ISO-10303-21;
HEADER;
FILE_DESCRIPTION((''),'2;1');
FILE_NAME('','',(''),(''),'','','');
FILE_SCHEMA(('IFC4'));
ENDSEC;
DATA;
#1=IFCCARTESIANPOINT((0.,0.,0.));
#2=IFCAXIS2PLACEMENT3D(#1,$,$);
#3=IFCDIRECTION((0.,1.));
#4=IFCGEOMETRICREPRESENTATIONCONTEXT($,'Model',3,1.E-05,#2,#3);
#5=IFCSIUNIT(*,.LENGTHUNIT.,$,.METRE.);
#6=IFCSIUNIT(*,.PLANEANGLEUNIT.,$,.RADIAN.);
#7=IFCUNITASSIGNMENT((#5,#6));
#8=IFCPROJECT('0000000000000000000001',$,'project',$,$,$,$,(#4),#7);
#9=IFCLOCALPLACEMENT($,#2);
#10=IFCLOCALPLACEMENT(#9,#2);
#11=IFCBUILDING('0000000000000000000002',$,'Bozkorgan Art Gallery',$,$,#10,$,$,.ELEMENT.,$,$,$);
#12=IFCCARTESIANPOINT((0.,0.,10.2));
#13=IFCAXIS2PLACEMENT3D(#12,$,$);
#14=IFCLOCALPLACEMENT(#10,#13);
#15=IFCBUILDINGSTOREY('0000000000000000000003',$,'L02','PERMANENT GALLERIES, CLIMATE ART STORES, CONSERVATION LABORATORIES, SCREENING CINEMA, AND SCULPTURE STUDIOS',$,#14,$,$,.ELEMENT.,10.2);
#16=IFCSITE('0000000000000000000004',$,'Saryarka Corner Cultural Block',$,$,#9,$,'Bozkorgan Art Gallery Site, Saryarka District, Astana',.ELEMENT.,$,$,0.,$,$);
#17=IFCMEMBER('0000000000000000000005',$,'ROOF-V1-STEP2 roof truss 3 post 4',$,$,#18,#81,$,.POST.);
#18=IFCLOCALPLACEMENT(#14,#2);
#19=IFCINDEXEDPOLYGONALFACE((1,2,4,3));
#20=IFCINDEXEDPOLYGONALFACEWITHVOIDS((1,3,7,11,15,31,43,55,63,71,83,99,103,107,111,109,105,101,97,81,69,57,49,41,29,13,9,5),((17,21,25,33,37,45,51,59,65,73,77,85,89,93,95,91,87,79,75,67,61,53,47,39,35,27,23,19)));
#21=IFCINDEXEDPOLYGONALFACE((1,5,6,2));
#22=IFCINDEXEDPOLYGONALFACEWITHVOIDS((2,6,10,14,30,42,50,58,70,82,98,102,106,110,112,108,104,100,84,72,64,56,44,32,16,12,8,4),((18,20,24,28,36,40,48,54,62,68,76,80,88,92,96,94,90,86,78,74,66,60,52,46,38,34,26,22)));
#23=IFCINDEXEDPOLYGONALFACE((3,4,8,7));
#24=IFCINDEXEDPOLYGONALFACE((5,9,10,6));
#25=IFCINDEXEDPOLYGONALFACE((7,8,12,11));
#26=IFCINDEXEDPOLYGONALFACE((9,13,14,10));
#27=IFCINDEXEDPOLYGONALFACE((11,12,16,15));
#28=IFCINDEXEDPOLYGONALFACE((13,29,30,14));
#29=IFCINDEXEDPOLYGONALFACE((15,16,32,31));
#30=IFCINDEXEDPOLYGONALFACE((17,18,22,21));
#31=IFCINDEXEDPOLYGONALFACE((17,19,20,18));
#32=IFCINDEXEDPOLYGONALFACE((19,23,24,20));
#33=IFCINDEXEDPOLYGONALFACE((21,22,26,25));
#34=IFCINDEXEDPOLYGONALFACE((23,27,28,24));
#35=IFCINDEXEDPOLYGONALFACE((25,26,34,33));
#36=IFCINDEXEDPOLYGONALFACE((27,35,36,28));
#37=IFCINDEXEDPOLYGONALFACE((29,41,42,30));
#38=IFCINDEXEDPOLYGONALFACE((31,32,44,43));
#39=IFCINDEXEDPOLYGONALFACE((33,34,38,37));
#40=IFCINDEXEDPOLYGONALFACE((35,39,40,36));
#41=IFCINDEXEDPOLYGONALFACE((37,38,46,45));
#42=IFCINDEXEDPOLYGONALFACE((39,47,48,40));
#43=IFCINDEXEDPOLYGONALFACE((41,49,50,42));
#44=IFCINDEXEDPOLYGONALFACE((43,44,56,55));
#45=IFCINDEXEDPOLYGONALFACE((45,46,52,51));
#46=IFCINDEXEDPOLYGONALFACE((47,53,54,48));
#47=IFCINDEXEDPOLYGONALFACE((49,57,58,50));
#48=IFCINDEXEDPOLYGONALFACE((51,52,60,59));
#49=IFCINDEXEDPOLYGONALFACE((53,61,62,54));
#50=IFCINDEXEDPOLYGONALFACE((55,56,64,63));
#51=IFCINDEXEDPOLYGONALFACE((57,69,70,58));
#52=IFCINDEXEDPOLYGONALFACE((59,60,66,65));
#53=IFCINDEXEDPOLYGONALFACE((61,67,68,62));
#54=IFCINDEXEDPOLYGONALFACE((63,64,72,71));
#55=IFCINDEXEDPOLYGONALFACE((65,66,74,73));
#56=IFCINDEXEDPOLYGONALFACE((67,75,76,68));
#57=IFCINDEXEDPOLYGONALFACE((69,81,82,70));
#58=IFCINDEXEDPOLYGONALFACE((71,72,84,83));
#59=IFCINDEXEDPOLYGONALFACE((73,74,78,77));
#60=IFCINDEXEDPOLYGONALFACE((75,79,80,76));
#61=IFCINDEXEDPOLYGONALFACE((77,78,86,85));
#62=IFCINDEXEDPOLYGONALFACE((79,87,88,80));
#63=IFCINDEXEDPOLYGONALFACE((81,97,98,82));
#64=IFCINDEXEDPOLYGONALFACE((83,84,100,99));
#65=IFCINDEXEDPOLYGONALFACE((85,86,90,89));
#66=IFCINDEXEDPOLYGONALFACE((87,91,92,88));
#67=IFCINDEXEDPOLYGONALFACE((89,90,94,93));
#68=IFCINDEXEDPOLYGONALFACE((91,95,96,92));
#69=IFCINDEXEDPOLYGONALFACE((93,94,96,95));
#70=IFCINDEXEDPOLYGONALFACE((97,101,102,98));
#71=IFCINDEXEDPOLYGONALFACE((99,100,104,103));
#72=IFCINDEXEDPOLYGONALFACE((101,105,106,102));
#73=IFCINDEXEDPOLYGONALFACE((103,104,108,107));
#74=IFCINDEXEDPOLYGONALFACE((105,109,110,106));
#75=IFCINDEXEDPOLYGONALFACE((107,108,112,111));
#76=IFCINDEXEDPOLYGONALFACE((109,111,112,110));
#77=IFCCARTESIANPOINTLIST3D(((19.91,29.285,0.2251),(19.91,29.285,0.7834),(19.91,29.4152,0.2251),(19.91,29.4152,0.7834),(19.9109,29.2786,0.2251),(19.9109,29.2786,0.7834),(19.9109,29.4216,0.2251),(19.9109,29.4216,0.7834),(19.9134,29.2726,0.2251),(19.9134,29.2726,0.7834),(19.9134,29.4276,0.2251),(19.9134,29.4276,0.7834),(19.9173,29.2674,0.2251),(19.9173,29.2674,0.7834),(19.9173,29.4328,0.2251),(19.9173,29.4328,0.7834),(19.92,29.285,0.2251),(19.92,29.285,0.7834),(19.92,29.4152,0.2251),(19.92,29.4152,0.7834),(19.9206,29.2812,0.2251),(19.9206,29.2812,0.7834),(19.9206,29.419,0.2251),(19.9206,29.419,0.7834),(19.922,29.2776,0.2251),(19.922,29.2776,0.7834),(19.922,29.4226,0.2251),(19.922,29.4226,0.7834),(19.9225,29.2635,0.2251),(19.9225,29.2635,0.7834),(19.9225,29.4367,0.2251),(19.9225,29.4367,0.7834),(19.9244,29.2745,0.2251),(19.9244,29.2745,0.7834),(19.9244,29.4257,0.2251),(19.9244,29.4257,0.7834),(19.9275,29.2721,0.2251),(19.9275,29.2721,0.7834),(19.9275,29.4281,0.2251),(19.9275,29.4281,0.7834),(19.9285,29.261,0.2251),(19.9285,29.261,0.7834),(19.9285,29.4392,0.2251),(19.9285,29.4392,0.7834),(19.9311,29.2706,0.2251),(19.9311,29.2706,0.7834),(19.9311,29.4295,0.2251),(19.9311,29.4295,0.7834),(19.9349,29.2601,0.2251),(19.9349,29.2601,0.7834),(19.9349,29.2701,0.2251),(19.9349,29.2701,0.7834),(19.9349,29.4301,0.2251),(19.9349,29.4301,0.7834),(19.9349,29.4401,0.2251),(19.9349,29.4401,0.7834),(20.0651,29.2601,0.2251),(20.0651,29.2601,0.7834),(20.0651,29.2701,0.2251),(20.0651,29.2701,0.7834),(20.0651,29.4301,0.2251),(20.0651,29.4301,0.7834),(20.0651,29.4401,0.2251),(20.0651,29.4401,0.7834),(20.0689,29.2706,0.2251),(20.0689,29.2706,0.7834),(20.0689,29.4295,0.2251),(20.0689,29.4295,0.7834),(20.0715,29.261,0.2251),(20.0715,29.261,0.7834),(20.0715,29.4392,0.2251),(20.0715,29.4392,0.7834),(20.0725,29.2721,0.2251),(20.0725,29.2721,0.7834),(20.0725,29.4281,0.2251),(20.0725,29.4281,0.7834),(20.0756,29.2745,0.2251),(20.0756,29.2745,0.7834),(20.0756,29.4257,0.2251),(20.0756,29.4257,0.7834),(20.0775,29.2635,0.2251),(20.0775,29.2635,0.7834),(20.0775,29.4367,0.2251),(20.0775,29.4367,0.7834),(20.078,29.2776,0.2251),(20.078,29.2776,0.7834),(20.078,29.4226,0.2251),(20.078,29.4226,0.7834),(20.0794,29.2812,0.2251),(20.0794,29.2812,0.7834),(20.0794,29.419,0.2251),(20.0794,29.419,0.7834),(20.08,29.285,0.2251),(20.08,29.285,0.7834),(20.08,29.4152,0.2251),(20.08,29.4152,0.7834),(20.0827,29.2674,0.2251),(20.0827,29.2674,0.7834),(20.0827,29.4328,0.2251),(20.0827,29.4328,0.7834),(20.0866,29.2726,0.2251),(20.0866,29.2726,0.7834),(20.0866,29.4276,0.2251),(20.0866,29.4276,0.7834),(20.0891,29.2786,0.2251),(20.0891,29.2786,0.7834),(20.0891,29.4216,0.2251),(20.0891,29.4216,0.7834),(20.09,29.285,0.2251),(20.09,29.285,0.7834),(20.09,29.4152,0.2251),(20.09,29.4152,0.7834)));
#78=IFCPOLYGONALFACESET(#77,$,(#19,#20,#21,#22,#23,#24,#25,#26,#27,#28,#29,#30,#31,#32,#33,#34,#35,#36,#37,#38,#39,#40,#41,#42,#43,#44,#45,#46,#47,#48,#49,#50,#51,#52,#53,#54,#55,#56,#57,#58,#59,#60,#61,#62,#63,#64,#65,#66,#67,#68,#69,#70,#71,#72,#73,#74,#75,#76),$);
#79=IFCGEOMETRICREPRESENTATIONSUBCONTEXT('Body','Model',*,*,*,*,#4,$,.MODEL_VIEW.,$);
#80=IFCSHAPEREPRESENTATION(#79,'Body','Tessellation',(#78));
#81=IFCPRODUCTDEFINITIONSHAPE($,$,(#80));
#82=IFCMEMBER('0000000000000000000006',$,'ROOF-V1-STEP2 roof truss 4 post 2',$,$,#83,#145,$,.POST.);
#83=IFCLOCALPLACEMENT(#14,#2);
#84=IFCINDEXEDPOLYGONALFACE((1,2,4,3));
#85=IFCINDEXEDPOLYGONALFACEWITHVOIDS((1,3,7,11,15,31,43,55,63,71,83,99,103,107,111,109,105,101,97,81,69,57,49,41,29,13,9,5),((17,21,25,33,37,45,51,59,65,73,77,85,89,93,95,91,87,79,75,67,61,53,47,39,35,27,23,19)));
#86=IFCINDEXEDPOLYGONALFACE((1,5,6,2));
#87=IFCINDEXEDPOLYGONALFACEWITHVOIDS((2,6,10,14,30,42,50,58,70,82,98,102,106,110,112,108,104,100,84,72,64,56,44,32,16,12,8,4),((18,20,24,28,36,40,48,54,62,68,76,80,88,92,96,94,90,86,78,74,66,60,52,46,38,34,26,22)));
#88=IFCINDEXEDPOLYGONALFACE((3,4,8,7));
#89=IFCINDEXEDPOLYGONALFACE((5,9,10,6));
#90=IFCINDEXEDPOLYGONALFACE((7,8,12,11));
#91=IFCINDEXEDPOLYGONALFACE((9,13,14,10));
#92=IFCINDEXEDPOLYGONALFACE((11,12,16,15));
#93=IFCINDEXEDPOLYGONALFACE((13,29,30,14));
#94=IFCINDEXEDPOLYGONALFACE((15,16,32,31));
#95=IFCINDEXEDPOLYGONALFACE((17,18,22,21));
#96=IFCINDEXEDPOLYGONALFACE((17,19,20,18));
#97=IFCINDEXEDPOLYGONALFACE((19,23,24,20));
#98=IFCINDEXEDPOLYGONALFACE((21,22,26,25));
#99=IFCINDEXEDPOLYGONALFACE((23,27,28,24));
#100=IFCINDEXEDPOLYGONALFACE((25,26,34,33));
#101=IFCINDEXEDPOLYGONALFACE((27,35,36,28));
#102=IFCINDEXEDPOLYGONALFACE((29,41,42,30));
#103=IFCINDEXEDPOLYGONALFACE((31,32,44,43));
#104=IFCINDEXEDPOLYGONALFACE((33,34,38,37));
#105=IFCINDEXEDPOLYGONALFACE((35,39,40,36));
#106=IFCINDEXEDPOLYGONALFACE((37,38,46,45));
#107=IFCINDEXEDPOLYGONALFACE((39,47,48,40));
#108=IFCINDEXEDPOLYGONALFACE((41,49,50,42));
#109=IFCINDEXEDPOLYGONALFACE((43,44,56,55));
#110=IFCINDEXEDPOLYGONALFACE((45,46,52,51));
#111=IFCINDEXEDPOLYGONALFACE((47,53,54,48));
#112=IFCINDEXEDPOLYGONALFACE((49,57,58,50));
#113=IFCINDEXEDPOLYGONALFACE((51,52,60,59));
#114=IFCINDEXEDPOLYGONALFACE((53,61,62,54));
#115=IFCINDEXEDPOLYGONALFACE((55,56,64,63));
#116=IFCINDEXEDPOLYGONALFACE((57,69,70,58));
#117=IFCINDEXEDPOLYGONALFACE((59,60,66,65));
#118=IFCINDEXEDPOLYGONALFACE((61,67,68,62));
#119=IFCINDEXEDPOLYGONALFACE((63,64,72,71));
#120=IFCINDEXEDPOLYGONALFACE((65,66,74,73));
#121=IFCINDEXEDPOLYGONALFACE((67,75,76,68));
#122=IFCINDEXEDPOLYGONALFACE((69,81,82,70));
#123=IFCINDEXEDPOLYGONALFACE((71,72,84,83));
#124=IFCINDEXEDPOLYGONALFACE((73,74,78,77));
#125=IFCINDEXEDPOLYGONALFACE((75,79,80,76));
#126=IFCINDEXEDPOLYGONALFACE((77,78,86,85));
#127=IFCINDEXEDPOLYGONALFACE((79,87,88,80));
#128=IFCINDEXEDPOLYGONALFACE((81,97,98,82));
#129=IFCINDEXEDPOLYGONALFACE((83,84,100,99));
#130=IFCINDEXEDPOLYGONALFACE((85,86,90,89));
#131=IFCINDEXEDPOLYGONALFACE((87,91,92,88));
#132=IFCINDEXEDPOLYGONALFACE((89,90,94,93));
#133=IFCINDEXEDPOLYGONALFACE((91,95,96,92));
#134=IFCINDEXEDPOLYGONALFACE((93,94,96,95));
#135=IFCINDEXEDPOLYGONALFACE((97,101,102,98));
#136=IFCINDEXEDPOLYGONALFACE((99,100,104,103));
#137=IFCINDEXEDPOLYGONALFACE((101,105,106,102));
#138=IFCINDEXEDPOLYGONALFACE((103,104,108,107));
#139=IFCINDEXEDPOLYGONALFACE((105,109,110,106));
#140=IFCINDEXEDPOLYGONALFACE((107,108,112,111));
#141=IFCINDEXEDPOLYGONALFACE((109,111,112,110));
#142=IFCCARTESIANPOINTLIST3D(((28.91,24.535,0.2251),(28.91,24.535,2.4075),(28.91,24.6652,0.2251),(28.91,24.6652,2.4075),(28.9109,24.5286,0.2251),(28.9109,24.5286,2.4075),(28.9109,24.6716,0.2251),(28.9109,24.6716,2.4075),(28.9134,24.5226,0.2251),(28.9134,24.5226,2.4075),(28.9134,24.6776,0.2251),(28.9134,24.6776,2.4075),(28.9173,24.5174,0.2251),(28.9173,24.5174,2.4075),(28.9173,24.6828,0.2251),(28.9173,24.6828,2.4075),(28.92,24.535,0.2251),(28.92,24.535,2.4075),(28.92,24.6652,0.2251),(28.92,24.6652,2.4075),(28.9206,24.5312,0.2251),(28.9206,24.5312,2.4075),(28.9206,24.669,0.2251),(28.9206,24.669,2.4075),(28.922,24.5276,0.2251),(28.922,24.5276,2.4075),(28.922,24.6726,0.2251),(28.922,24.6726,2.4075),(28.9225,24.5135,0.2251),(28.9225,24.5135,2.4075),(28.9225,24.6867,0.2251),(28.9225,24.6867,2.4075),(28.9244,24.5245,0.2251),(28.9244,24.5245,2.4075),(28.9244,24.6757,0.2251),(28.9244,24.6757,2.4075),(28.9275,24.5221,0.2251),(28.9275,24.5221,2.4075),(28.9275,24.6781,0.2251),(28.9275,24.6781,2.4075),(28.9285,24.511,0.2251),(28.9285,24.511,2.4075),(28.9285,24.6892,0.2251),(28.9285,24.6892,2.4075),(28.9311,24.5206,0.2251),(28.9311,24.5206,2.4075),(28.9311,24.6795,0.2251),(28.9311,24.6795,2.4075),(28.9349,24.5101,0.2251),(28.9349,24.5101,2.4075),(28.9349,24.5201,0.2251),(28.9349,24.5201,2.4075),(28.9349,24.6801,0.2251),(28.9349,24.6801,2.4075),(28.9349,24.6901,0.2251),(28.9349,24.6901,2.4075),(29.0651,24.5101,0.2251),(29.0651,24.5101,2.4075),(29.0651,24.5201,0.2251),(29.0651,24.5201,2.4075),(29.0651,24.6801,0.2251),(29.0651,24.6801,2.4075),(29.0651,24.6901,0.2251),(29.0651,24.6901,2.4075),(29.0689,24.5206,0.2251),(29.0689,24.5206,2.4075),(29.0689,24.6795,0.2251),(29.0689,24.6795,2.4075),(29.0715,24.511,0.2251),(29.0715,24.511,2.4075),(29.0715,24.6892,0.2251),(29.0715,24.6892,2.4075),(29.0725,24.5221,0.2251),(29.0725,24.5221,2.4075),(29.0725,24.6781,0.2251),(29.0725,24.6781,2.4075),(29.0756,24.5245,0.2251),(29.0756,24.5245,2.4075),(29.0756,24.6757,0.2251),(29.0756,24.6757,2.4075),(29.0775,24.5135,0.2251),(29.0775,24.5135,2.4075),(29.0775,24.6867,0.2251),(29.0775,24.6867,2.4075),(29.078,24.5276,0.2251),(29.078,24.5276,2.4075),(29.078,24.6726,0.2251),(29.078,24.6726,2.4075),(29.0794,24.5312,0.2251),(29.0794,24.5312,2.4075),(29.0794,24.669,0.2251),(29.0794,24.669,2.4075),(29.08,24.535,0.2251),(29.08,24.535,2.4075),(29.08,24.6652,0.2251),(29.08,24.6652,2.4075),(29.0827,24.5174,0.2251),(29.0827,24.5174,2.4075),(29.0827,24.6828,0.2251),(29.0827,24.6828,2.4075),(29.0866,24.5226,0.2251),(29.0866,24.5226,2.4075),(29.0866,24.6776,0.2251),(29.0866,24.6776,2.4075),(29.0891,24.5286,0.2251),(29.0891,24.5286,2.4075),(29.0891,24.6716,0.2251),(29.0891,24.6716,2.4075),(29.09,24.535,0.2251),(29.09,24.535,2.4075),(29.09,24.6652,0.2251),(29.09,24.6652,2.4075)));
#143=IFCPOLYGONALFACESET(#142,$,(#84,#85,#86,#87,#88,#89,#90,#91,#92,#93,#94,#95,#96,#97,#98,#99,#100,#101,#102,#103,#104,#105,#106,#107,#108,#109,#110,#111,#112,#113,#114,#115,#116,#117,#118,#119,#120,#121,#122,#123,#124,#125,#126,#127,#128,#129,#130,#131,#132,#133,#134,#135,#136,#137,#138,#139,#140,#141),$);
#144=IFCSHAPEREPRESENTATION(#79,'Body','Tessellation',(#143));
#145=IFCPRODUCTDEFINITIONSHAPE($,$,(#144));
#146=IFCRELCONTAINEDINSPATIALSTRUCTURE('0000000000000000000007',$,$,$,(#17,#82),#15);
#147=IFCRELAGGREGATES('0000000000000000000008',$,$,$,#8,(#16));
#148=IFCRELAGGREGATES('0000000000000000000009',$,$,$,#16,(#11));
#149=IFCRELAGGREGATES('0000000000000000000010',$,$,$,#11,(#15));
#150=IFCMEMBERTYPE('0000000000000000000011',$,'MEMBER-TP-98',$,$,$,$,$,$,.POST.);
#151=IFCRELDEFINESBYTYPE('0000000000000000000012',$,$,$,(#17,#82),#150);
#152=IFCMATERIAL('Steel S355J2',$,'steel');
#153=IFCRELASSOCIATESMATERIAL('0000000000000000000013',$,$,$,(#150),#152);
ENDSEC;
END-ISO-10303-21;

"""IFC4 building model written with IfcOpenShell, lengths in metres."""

from ifc_helpers import new_model, si_unit, direction, frame, origin, origin_2d, place, context, subcontext, project, spatial, hollow_rectangle, extrude, material, material_profile, profile_set, type_object, element, save


model = new_model("IFC4")

# Units and contexts
model_context = context("Model", 3, precision=1e-05, world=origin(), true_north=direction((0.0, 1.0)))
body_context = subcontext(model_context, "Body", "Model", "MODEL_VIEW")
ifc_project = project(units=[si_unit("LENGTHUNIT", "METRE"), si_unit("PLANEANGLEUNIT", "RADIAN")], contexts=[model_context])

# Site, building, storey
site_placement = place(None, origin())
site = spatial("IfcSite", under=ifc_project, at=site_placement, Name="Saryarka Corner Cultural Block", LongName="Bozkorgan Art Gallery Site, Saryarka District, Astana", CompositionType="ELEMENT", RefElevation=0.0)
building_placement = place(site_placement, origin())
building = spatial("IfcBuilding", under=site, at=building_placement, Name="Bozkorgan Art Gallery", CompositionType="ELEMENT")
storey_placement = place(building_placement, frame((0.0, 0.0, 10.2)))
storey = spatial("IfcBuildingStorey", under=building, at=storey_placement, Name="L02", Description="PERMANENT GALLERIES, CLIMATE ART STORES, CONSERVATION LABORATORIES, SCREENING CINEMA, AND SCULPTURE STUDIOS", CompositionType="ELEMENT", Elevation=10.2)

# Shared definitions
ifc_material = material(Name="Steel S355J2", Category="steel")

# Members
ifc_material_profile_1 = material_profile(ifc_material, hollow_rectangle(XDim=0.1799, YDim=0.1799, WallThickness=0.01, InnerFilletRadius=0.0149, OuterFilletRadius=0.0249, at=origin_2d()), Name="SHS 180x180x10")
ifc_profile_set_1 = profile_set([ifc_material_profile_1], Name="Steel S355J2")
member_type_1 = type_object("IfcMemberType", Name="MEMBER-TP-98", PredefinedType="POST", material=ifc_profile_set_1)
member_1_placement = place(storey_placement, frame((20.0, 29.3501, 0.2251), z_axis=(0.0, 0.0, 1.0), x_axis=(1.0, 0.0, 0.0)))
element("IfcMember", 1, at=member_1_placement, inside=storey, type_object=member_type_1, Name="ROOF-V1-STEP2 roof truss 3 post 4", PredefinedType="POST", context=body_context, shape_type="SweptSolid", body=[
    extrude(hollow_rectangle(XDim=0.1799, YDim=0.1799, WallThickness=0.01, InnerFilletRadius=0.0149, OuterFilletRadius=0.0249, at=origin_2d()), origin(), (0.0, 0.0, 1.0), 0.5583),
])
member_2_placement = place(storey_placement, frame((29.0, 24.6001, 0.2251), z_axis=(0.0, 0.0, 1.0), x_axis=(1.0, 0.0, 0.0)))
element("IfcMember", 2, at=member_2_placement, inside=storey, type_object=member_type_1, Name="ROOF-V1-STEP2 roof truss 4 post 2", PredefinedType="POST", context=body_context, shape_type="SweptSolid", body=[
    extrude(hollow_rectangle(XDim=0.1799, YDim=0.1799, WallThickness=0.01, InnerFilletRadius=0.0149, OuterFilletRadius=0.0249, at=origin_2d()), origin(), (0.0, 0.0, 1.0), 2.1824),
])

save(model, "model.ifc")
